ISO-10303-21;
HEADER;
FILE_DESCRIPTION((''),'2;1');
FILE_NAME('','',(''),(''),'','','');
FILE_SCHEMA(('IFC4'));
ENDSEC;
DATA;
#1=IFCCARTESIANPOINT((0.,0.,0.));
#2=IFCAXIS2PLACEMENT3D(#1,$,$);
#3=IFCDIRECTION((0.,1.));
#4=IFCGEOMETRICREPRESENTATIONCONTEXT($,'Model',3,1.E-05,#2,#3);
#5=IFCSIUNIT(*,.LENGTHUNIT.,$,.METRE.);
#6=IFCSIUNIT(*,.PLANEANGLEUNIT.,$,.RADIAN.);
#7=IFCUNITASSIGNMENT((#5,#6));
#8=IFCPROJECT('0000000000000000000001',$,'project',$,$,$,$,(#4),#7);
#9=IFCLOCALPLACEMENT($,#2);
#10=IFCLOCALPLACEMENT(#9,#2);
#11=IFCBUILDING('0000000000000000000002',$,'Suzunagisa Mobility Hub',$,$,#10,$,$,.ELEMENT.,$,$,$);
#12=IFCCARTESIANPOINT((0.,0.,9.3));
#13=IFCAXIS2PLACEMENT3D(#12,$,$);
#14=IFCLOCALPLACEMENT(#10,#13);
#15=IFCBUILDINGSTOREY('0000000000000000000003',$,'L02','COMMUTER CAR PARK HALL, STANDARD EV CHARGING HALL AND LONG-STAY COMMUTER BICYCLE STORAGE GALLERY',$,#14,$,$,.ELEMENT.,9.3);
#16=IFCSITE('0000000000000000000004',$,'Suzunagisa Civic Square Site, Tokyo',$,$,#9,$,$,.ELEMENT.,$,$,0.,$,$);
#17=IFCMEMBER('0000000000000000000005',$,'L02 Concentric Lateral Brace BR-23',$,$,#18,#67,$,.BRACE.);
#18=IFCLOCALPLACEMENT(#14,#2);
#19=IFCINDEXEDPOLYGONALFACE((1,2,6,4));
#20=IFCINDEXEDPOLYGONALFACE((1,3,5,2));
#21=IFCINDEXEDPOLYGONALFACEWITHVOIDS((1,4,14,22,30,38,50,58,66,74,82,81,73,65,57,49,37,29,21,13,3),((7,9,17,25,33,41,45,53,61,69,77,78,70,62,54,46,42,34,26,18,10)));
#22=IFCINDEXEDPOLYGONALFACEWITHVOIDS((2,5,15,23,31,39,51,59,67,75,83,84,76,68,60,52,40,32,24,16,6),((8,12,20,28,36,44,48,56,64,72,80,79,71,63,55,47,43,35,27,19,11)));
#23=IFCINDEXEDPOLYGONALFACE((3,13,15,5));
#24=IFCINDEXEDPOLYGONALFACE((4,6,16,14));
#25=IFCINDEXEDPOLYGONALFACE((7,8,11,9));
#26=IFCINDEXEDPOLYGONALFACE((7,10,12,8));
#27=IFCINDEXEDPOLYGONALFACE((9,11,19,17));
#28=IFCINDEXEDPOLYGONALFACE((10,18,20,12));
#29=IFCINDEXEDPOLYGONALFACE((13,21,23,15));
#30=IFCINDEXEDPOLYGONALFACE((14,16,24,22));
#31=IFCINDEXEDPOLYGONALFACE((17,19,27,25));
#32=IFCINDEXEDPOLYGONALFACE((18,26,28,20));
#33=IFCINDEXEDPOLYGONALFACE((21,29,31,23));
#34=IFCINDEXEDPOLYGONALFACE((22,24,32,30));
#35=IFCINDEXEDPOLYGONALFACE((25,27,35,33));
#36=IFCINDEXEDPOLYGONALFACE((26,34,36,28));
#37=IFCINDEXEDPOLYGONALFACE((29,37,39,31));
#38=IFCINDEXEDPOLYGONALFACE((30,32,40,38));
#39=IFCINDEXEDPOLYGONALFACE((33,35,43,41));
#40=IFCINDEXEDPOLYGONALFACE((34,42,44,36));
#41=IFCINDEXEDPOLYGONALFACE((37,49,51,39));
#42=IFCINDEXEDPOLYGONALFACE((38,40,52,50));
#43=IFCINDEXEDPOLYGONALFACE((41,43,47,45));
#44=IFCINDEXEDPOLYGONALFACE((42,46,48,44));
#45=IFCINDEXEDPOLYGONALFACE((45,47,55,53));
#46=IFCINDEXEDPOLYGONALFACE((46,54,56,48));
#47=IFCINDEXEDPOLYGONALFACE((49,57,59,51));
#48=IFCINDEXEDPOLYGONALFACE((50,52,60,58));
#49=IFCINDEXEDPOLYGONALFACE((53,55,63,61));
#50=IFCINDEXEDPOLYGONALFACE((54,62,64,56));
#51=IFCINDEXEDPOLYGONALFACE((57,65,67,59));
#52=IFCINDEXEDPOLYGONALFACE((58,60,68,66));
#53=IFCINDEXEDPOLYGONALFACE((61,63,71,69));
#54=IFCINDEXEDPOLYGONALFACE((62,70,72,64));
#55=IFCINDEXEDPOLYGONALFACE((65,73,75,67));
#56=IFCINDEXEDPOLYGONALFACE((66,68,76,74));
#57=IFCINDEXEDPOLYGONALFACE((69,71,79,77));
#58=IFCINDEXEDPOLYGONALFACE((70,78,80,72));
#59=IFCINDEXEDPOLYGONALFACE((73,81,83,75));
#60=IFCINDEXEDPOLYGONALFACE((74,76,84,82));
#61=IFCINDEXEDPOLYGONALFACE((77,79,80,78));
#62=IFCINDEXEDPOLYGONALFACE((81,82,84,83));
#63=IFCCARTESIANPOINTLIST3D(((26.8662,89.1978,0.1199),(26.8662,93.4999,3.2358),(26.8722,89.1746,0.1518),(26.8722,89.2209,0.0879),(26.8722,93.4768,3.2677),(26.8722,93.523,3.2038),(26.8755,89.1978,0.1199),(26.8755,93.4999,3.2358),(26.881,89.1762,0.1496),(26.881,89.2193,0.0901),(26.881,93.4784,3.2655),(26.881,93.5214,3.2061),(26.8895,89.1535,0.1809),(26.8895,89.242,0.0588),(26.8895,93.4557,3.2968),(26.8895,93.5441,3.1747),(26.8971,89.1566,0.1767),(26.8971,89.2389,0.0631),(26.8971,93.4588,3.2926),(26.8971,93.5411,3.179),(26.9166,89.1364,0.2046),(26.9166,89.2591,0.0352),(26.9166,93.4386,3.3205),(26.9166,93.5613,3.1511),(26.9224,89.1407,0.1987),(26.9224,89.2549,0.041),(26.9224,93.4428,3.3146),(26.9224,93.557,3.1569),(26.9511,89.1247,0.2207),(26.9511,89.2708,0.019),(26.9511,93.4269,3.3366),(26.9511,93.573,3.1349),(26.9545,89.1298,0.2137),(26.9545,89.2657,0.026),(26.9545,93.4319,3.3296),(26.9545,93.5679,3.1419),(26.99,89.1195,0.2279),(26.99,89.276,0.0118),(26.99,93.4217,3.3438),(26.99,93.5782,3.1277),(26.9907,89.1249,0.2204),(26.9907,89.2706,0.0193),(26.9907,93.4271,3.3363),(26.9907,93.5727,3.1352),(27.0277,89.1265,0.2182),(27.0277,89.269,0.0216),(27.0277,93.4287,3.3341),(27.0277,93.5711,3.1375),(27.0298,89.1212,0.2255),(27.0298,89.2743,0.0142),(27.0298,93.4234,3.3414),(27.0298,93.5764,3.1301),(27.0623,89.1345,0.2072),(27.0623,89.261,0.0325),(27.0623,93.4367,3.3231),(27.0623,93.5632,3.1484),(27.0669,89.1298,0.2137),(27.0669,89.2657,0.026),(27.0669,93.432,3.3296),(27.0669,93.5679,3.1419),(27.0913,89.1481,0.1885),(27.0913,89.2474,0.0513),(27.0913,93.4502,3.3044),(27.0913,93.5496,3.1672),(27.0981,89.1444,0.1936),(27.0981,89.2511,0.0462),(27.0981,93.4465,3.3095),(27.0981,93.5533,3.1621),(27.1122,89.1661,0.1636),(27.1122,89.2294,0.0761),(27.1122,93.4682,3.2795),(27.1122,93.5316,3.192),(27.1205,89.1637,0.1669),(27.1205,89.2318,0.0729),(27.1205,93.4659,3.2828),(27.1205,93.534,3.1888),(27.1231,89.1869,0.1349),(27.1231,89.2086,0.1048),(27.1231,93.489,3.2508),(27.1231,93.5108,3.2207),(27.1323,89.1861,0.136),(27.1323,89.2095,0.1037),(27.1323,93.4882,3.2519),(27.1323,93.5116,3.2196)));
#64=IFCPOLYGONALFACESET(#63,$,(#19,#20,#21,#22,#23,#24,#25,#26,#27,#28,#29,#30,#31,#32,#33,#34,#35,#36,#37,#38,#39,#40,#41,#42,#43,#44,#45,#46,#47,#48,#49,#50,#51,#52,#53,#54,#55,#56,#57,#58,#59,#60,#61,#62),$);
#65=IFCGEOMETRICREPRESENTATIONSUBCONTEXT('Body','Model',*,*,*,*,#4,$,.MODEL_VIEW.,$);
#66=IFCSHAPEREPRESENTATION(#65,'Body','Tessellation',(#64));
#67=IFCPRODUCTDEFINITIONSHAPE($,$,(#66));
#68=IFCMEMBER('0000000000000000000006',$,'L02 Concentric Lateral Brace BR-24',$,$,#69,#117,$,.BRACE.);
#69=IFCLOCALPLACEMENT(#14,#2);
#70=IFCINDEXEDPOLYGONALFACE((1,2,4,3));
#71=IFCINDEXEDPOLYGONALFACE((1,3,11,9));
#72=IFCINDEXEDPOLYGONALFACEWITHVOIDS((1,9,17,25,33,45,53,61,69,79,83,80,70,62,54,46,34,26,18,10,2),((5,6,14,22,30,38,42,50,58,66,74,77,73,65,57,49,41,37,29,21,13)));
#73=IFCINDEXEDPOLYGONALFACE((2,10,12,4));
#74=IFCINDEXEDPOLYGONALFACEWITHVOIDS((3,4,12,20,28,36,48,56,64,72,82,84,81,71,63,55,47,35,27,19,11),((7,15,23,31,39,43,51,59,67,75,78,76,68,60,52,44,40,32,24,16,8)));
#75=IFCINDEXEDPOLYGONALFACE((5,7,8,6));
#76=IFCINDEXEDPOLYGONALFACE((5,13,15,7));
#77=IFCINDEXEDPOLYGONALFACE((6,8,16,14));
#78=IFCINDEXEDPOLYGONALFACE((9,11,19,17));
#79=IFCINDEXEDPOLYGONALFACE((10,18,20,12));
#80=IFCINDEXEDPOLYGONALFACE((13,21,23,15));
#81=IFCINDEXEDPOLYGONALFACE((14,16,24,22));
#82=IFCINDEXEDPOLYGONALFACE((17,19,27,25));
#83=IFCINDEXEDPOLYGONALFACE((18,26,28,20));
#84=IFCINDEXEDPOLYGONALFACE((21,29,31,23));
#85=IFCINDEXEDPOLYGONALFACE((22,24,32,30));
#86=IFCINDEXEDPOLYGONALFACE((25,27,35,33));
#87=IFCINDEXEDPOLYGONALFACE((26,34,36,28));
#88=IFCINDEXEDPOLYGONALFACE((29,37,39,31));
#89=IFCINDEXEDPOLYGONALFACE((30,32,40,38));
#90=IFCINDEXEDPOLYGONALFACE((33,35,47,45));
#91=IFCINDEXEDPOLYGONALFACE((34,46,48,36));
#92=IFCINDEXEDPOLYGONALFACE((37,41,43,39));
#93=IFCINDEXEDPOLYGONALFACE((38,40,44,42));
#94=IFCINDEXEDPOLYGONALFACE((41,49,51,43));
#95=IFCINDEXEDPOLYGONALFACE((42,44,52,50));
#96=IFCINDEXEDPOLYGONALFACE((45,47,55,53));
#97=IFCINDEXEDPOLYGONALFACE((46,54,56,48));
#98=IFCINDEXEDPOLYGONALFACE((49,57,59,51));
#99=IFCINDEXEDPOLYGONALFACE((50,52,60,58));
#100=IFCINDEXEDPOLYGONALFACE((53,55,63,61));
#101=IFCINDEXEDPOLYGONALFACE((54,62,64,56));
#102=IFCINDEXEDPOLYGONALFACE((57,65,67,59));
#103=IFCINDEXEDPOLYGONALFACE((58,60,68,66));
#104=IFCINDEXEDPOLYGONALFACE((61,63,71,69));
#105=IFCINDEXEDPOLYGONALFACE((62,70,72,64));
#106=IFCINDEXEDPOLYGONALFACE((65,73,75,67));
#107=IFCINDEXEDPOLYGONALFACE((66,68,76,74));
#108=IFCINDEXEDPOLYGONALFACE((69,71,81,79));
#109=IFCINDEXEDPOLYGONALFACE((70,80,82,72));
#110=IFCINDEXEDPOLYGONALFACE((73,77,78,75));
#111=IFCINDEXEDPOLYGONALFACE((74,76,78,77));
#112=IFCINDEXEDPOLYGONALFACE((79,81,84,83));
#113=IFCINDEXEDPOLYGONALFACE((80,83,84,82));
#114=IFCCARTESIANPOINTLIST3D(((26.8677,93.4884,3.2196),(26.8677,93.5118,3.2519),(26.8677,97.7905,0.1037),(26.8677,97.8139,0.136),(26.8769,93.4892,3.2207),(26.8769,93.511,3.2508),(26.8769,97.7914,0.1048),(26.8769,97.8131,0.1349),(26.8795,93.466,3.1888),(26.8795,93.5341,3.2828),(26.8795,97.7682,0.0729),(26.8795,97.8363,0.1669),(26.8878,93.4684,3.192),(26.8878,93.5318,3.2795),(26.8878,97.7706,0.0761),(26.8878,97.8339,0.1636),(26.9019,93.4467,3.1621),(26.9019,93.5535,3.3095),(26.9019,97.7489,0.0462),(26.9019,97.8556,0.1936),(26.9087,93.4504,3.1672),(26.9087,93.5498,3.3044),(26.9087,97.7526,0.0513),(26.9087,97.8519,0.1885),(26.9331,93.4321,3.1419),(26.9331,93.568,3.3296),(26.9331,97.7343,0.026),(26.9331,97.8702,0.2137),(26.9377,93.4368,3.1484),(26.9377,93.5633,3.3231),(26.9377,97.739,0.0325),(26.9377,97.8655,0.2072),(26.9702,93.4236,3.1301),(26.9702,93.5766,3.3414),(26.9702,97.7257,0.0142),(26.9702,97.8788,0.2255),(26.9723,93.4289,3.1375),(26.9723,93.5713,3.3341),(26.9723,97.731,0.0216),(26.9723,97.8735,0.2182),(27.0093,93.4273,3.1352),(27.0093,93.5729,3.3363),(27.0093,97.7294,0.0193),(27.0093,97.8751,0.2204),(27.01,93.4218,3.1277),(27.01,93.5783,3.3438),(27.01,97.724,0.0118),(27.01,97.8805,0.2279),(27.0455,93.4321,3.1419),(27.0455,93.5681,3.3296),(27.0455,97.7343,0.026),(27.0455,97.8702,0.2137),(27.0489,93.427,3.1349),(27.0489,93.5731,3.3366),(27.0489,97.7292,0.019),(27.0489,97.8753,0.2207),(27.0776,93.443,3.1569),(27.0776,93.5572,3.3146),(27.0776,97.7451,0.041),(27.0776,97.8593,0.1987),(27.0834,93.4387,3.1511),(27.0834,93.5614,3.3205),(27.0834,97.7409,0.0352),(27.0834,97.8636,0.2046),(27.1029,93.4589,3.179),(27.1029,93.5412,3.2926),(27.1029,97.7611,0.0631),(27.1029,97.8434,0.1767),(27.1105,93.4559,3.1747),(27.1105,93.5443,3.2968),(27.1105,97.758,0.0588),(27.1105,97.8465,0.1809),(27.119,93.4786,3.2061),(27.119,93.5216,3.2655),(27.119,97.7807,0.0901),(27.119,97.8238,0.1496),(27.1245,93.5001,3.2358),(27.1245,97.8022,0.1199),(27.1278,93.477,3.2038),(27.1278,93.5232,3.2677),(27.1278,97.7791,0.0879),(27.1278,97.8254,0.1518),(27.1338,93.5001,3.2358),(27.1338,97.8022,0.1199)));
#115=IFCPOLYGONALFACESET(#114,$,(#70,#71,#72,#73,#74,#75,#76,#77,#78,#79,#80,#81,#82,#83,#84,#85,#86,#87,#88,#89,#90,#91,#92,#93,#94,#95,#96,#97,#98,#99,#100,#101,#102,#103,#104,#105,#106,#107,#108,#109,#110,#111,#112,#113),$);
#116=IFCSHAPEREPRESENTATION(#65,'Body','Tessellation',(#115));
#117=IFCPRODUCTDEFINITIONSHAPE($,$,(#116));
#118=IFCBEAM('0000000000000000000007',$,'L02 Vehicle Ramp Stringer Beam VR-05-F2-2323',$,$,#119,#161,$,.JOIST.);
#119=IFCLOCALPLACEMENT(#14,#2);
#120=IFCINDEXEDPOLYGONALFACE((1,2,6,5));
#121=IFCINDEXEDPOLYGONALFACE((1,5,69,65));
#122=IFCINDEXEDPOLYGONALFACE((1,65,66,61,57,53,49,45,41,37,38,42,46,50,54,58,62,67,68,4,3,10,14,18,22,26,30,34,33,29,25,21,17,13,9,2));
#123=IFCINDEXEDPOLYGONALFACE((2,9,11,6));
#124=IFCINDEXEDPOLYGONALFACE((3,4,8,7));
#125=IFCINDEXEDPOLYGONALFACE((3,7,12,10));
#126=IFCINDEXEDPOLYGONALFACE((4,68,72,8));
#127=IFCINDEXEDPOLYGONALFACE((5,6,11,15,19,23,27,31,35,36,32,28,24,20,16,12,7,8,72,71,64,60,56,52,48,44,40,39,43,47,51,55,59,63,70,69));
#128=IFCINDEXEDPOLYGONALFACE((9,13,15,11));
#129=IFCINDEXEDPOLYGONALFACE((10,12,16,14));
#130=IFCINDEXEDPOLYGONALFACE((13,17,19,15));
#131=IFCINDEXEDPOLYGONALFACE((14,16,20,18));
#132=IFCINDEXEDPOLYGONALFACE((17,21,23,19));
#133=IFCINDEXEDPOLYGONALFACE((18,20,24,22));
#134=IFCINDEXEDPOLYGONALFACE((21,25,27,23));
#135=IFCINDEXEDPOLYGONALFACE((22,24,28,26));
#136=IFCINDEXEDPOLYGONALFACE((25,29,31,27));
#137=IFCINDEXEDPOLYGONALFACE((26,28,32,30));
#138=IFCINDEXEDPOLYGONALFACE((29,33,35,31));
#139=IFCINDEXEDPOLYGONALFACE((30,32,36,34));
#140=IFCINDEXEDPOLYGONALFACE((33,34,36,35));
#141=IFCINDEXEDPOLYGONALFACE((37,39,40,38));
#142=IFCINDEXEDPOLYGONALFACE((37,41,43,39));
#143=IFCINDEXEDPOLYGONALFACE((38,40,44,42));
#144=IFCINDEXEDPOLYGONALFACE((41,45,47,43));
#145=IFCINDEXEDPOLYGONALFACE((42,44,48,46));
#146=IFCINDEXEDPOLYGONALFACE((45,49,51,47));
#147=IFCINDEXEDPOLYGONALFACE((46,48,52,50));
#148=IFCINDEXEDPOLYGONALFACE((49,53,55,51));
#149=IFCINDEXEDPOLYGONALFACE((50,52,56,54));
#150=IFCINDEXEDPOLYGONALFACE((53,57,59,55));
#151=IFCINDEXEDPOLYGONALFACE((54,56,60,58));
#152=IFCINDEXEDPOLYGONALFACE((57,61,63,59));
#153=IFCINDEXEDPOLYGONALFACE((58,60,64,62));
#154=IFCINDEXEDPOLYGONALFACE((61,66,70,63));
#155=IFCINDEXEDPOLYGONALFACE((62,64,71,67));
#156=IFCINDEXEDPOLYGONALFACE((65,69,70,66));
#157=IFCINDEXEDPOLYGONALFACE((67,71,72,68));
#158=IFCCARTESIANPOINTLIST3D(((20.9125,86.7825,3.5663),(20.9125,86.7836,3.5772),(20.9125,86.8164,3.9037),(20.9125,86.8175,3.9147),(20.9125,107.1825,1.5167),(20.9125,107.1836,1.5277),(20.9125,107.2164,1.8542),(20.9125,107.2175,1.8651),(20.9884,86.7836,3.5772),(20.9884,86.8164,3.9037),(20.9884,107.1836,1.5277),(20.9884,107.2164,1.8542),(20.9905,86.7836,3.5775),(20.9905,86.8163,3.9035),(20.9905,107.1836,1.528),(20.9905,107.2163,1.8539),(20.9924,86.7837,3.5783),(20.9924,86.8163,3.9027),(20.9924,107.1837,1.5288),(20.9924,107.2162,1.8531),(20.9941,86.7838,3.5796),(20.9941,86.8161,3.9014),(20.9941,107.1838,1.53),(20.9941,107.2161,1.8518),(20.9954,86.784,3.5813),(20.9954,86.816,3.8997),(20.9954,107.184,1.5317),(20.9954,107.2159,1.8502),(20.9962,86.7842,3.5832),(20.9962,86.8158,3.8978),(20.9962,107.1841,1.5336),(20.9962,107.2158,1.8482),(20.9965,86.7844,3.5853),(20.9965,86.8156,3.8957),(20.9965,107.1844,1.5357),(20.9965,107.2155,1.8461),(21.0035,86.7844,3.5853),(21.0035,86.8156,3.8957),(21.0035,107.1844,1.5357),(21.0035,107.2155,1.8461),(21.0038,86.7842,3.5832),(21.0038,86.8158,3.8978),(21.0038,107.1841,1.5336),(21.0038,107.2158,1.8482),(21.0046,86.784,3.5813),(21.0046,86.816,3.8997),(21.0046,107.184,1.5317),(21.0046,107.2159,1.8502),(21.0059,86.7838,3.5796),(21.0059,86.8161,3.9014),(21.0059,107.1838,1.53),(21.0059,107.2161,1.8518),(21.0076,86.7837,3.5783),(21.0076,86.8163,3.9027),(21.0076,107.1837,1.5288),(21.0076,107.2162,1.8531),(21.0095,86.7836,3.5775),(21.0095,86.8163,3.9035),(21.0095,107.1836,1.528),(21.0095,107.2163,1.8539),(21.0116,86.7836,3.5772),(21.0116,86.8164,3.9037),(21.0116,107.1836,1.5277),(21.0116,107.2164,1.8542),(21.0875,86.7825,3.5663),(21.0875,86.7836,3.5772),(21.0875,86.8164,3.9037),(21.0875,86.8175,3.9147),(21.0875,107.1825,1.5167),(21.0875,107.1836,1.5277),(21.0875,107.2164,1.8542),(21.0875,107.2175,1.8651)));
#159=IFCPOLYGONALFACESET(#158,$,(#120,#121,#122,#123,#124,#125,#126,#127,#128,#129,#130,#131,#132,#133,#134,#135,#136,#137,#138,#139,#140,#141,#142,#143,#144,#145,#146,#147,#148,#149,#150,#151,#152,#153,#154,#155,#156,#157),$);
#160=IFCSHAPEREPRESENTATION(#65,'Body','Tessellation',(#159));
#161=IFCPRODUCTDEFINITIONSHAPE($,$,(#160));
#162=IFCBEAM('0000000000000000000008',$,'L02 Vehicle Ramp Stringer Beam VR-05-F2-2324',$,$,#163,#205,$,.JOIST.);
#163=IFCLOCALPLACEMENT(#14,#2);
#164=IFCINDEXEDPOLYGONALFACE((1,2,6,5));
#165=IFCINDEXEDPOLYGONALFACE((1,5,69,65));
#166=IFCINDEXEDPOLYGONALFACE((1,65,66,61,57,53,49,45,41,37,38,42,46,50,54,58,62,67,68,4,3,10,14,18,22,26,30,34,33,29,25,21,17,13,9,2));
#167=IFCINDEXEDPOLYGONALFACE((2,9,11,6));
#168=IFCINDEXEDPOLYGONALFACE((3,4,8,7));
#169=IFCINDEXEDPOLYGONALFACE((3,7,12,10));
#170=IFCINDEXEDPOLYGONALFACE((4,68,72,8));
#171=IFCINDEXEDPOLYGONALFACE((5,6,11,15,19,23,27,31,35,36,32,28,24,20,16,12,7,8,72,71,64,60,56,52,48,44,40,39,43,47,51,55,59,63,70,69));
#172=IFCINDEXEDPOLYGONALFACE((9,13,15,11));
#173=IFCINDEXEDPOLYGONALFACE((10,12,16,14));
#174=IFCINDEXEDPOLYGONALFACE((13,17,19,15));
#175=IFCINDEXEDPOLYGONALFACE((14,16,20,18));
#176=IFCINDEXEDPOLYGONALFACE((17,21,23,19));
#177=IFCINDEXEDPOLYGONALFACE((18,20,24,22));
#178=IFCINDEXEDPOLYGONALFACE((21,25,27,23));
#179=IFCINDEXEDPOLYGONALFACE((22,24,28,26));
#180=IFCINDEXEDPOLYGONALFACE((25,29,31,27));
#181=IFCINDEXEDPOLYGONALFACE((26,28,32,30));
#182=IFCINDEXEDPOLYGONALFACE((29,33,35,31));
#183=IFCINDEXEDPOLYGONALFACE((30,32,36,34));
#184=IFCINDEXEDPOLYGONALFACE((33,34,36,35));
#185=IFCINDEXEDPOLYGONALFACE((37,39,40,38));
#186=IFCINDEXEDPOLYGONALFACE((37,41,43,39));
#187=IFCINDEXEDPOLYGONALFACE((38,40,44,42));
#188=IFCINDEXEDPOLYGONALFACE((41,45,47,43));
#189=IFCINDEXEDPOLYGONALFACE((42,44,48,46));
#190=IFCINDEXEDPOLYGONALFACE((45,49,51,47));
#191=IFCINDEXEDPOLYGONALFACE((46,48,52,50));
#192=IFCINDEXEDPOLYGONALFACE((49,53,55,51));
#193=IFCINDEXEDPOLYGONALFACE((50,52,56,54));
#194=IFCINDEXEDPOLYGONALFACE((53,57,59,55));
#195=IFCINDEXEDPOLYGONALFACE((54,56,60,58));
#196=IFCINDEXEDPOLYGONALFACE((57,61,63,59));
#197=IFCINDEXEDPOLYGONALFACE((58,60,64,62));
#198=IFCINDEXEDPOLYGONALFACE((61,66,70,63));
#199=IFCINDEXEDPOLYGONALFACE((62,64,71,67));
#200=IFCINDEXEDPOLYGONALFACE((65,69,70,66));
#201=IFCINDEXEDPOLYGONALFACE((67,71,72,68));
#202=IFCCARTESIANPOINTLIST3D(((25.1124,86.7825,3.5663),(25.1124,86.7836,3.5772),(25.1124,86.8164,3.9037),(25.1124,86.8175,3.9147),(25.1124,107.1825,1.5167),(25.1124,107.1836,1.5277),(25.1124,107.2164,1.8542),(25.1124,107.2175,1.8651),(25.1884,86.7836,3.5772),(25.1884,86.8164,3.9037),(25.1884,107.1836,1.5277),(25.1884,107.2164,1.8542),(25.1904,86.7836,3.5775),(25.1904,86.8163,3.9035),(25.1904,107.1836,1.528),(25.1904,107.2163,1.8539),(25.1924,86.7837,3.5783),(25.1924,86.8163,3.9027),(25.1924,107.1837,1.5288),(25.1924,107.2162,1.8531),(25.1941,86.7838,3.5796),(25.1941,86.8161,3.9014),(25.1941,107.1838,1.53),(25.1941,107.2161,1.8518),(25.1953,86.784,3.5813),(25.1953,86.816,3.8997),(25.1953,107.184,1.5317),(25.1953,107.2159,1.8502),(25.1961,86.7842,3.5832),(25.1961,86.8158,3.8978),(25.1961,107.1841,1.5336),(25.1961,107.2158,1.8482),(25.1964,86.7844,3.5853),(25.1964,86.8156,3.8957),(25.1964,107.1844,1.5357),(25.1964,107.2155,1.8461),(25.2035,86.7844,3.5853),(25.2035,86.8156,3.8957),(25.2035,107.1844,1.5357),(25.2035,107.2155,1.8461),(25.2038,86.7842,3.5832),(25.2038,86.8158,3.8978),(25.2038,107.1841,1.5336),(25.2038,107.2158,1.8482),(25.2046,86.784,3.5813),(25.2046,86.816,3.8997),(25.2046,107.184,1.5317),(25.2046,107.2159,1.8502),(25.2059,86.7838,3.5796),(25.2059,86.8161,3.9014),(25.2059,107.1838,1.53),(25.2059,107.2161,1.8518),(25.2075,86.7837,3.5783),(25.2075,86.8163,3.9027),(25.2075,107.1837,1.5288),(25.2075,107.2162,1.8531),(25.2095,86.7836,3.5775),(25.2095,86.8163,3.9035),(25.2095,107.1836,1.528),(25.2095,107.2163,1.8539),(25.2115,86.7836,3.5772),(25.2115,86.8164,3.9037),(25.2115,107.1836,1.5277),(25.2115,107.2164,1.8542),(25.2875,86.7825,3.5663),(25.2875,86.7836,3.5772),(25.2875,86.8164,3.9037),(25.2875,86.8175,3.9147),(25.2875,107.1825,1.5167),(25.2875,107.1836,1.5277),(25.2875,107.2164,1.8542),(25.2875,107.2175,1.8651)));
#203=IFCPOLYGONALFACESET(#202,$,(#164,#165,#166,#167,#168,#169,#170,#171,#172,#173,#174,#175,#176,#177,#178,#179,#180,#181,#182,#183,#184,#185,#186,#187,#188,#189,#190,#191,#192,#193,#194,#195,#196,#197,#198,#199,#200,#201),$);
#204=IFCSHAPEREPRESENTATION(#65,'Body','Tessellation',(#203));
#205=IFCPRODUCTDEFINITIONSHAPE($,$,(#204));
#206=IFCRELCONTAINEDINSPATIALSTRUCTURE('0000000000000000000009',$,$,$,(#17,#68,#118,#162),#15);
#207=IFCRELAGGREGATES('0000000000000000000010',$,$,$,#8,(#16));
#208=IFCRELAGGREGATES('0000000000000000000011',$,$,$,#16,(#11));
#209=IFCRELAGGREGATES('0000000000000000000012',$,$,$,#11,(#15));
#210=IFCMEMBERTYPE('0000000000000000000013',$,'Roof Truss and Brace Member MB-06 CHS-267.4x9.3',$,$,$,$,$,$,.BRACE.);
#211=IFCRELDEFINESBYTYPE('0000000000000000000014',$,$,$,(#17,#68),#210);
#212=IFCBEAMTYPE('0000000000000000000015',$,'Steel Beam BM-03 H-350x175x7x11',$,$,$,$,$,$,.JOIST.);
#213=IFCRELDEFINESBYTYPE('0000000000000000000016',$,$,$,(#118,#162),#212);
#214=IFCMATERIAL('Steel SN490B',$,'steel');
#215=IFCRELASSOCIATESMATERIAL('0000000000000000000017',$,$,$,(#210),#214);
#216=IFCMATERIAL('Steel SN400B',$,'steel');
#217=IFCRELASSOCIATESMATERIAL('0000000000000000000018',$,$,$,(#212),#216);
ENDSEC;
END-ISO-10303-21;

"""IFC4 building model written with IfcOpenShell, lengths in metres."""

from ifc_helpers import new_model, si_unit, direction, frame, origin, origin_2d, place, context, subcontext, project, spatial, hollow_circle, i_section, extrude, material, material_profile, profile_set, type_object, element, save


model = new_model("IFC4")

# Units and contexts
model_context = context("Model", 3, precision=1e-05, world=origin(), true_north=direction((0.0, 1.0)))
body_context = subcontext(model_context, "Body", "Model", "MODEL_VIEW")
ifc_project = project(units=[si_unit("LENGTHUNIT", "METRE"), si_unit("PLANEANGLEUNIT", "RADIAN")], contexts=[model_context])

# Site, building, storey
site_placement = place(None, origin())
site = spatial("IfcSite", under=ifc_project, at=site_placement, Name="Suzunagisa Civic Square Site, Tokyo", CompositionType="ELEMENT", RefElevation=0.0)
building_placement = place(site_placement, origin())
building = spatial("IfcBuilding", under=site, at=building_placement, Name="Suzunagisa Mobility Hub", CompositionType="ELEMENT")
storey_placement = place(building_placement, frame((0.0, 0.0, 9.3)))
storey = spatial("IfcBuildingStorey", under=building, at=storey_placement, Name="L02", Description="COMMUTER CAR PARK HALL, STANDARD EV CHARGING HALL AND LONG-STAY COMMUTER BICYCLE STORAGE GALLERY", CompositionType="ELEMENT", Elevation=9.3)

# Shared definitions
ifc_material_1 = material(Name="Steel SN490B", Category="steel")

# Members
ifc_material_profile_1 = material_profile(ifc_material_1, hollow_circle(Radius=0.1338, WallThickness=0.0093, at=origin_2d()), Name="CHS-267.4x9.3")
ifc_profile_set_1 = profile_set([ifc_material_profile_1], Name="Steel SN490B")
member_type = type_object("IfcMemberType", Name="Roof Truss and Brace Member MB-06 CHS-267.4x9.3", PredefinedType="BRACE", material=ifc_profile_set_1)
for number, where, z_axis, x_axis, name in (
    (1, (27.0, 89.1978, 0.1199), (0.0, 0.809893, 0.586577), (-1.0, 0.0, 0.0), "L02 Concentric Lateral Brace BR-23"),
    (2, (27.0, 97.8022, 0.1199), (0.0, -0.809893, 0.586577), (1.0, 0.0, 0.0), "L02 Concentric Lateral Brace BR-24"),
):
    element("IfcMember", number, at=place(storey_placement, frame(where, z_axis=z_axis, x_axis=x_axis)), inside=storey, type_object=member_type, Name=name, PredefinedType="BRACE", context=body_context, shape_type="SweptSolid", body=[
        extrude(hollow_circle(Radius=0.1338, WallThickness=0.0093, at=origin_2d()), origin(), (0.0, 0.0, 1.0), 5.312),
    ])

# Beams
ifc_material_2 = material(Name="Steel SN400B", Category="steel")
ifc_material_profile_2 = material_profile(ifc_material_2, i_section(OverallWidth=0.175, OverallDepth=0.3501, WebThickness=0.0071, FlangeThickness=0.011, FilletRadius=0.0081, at=origin_2d()), Name="H-350x175x7x11")
ifc_profile_set_2 = profile_set([ifc_material_profile_2], Name="Steel SN400B")
beam_type_1 = type_object("IfcBeamType", Name="Steel Beam BM-03 H-350x175x7x11", PredefinedType="JOIST", material=ifc_profile_set_2)
for number, where, z_axis, x_axis, name in (
    (3, (21.0, 107.2, 1.6909), (0.0, -0.994991, 0.099966), (1.0, 0.0, 0.0), "L02 Vehicle Ramp Stringer Beam VR-05-F2-2323"),
    (4, (25.2, 107.2, 1.6909), (0.0, -0.994991, 0.099966), (1.0, 0.0, 0.0), "L02 Vehicle Ramp Stringer Beam VR-05-F2-2324"),
):
    element("IfcBeam", number, at=place(storey_placement, frame(where, z_axis=z_axis, x_axis=x_axis)), inside=storey, type_object=beam_type_1, Name=name, PredefinedType="JOIST", context=body_context, shape_type="SweptSolid", body=[
        extrude(i_section(OverallWidth=0.175, OverallDepth=0.3501, WebThickness=0.0071, FlangeThickness=0.011, FilletRadius=0.0081, at=origin_2d()), origin(), (0.0, 0.0, 1.0), 20.5027),
    ])

save(model, "model.ifc")
